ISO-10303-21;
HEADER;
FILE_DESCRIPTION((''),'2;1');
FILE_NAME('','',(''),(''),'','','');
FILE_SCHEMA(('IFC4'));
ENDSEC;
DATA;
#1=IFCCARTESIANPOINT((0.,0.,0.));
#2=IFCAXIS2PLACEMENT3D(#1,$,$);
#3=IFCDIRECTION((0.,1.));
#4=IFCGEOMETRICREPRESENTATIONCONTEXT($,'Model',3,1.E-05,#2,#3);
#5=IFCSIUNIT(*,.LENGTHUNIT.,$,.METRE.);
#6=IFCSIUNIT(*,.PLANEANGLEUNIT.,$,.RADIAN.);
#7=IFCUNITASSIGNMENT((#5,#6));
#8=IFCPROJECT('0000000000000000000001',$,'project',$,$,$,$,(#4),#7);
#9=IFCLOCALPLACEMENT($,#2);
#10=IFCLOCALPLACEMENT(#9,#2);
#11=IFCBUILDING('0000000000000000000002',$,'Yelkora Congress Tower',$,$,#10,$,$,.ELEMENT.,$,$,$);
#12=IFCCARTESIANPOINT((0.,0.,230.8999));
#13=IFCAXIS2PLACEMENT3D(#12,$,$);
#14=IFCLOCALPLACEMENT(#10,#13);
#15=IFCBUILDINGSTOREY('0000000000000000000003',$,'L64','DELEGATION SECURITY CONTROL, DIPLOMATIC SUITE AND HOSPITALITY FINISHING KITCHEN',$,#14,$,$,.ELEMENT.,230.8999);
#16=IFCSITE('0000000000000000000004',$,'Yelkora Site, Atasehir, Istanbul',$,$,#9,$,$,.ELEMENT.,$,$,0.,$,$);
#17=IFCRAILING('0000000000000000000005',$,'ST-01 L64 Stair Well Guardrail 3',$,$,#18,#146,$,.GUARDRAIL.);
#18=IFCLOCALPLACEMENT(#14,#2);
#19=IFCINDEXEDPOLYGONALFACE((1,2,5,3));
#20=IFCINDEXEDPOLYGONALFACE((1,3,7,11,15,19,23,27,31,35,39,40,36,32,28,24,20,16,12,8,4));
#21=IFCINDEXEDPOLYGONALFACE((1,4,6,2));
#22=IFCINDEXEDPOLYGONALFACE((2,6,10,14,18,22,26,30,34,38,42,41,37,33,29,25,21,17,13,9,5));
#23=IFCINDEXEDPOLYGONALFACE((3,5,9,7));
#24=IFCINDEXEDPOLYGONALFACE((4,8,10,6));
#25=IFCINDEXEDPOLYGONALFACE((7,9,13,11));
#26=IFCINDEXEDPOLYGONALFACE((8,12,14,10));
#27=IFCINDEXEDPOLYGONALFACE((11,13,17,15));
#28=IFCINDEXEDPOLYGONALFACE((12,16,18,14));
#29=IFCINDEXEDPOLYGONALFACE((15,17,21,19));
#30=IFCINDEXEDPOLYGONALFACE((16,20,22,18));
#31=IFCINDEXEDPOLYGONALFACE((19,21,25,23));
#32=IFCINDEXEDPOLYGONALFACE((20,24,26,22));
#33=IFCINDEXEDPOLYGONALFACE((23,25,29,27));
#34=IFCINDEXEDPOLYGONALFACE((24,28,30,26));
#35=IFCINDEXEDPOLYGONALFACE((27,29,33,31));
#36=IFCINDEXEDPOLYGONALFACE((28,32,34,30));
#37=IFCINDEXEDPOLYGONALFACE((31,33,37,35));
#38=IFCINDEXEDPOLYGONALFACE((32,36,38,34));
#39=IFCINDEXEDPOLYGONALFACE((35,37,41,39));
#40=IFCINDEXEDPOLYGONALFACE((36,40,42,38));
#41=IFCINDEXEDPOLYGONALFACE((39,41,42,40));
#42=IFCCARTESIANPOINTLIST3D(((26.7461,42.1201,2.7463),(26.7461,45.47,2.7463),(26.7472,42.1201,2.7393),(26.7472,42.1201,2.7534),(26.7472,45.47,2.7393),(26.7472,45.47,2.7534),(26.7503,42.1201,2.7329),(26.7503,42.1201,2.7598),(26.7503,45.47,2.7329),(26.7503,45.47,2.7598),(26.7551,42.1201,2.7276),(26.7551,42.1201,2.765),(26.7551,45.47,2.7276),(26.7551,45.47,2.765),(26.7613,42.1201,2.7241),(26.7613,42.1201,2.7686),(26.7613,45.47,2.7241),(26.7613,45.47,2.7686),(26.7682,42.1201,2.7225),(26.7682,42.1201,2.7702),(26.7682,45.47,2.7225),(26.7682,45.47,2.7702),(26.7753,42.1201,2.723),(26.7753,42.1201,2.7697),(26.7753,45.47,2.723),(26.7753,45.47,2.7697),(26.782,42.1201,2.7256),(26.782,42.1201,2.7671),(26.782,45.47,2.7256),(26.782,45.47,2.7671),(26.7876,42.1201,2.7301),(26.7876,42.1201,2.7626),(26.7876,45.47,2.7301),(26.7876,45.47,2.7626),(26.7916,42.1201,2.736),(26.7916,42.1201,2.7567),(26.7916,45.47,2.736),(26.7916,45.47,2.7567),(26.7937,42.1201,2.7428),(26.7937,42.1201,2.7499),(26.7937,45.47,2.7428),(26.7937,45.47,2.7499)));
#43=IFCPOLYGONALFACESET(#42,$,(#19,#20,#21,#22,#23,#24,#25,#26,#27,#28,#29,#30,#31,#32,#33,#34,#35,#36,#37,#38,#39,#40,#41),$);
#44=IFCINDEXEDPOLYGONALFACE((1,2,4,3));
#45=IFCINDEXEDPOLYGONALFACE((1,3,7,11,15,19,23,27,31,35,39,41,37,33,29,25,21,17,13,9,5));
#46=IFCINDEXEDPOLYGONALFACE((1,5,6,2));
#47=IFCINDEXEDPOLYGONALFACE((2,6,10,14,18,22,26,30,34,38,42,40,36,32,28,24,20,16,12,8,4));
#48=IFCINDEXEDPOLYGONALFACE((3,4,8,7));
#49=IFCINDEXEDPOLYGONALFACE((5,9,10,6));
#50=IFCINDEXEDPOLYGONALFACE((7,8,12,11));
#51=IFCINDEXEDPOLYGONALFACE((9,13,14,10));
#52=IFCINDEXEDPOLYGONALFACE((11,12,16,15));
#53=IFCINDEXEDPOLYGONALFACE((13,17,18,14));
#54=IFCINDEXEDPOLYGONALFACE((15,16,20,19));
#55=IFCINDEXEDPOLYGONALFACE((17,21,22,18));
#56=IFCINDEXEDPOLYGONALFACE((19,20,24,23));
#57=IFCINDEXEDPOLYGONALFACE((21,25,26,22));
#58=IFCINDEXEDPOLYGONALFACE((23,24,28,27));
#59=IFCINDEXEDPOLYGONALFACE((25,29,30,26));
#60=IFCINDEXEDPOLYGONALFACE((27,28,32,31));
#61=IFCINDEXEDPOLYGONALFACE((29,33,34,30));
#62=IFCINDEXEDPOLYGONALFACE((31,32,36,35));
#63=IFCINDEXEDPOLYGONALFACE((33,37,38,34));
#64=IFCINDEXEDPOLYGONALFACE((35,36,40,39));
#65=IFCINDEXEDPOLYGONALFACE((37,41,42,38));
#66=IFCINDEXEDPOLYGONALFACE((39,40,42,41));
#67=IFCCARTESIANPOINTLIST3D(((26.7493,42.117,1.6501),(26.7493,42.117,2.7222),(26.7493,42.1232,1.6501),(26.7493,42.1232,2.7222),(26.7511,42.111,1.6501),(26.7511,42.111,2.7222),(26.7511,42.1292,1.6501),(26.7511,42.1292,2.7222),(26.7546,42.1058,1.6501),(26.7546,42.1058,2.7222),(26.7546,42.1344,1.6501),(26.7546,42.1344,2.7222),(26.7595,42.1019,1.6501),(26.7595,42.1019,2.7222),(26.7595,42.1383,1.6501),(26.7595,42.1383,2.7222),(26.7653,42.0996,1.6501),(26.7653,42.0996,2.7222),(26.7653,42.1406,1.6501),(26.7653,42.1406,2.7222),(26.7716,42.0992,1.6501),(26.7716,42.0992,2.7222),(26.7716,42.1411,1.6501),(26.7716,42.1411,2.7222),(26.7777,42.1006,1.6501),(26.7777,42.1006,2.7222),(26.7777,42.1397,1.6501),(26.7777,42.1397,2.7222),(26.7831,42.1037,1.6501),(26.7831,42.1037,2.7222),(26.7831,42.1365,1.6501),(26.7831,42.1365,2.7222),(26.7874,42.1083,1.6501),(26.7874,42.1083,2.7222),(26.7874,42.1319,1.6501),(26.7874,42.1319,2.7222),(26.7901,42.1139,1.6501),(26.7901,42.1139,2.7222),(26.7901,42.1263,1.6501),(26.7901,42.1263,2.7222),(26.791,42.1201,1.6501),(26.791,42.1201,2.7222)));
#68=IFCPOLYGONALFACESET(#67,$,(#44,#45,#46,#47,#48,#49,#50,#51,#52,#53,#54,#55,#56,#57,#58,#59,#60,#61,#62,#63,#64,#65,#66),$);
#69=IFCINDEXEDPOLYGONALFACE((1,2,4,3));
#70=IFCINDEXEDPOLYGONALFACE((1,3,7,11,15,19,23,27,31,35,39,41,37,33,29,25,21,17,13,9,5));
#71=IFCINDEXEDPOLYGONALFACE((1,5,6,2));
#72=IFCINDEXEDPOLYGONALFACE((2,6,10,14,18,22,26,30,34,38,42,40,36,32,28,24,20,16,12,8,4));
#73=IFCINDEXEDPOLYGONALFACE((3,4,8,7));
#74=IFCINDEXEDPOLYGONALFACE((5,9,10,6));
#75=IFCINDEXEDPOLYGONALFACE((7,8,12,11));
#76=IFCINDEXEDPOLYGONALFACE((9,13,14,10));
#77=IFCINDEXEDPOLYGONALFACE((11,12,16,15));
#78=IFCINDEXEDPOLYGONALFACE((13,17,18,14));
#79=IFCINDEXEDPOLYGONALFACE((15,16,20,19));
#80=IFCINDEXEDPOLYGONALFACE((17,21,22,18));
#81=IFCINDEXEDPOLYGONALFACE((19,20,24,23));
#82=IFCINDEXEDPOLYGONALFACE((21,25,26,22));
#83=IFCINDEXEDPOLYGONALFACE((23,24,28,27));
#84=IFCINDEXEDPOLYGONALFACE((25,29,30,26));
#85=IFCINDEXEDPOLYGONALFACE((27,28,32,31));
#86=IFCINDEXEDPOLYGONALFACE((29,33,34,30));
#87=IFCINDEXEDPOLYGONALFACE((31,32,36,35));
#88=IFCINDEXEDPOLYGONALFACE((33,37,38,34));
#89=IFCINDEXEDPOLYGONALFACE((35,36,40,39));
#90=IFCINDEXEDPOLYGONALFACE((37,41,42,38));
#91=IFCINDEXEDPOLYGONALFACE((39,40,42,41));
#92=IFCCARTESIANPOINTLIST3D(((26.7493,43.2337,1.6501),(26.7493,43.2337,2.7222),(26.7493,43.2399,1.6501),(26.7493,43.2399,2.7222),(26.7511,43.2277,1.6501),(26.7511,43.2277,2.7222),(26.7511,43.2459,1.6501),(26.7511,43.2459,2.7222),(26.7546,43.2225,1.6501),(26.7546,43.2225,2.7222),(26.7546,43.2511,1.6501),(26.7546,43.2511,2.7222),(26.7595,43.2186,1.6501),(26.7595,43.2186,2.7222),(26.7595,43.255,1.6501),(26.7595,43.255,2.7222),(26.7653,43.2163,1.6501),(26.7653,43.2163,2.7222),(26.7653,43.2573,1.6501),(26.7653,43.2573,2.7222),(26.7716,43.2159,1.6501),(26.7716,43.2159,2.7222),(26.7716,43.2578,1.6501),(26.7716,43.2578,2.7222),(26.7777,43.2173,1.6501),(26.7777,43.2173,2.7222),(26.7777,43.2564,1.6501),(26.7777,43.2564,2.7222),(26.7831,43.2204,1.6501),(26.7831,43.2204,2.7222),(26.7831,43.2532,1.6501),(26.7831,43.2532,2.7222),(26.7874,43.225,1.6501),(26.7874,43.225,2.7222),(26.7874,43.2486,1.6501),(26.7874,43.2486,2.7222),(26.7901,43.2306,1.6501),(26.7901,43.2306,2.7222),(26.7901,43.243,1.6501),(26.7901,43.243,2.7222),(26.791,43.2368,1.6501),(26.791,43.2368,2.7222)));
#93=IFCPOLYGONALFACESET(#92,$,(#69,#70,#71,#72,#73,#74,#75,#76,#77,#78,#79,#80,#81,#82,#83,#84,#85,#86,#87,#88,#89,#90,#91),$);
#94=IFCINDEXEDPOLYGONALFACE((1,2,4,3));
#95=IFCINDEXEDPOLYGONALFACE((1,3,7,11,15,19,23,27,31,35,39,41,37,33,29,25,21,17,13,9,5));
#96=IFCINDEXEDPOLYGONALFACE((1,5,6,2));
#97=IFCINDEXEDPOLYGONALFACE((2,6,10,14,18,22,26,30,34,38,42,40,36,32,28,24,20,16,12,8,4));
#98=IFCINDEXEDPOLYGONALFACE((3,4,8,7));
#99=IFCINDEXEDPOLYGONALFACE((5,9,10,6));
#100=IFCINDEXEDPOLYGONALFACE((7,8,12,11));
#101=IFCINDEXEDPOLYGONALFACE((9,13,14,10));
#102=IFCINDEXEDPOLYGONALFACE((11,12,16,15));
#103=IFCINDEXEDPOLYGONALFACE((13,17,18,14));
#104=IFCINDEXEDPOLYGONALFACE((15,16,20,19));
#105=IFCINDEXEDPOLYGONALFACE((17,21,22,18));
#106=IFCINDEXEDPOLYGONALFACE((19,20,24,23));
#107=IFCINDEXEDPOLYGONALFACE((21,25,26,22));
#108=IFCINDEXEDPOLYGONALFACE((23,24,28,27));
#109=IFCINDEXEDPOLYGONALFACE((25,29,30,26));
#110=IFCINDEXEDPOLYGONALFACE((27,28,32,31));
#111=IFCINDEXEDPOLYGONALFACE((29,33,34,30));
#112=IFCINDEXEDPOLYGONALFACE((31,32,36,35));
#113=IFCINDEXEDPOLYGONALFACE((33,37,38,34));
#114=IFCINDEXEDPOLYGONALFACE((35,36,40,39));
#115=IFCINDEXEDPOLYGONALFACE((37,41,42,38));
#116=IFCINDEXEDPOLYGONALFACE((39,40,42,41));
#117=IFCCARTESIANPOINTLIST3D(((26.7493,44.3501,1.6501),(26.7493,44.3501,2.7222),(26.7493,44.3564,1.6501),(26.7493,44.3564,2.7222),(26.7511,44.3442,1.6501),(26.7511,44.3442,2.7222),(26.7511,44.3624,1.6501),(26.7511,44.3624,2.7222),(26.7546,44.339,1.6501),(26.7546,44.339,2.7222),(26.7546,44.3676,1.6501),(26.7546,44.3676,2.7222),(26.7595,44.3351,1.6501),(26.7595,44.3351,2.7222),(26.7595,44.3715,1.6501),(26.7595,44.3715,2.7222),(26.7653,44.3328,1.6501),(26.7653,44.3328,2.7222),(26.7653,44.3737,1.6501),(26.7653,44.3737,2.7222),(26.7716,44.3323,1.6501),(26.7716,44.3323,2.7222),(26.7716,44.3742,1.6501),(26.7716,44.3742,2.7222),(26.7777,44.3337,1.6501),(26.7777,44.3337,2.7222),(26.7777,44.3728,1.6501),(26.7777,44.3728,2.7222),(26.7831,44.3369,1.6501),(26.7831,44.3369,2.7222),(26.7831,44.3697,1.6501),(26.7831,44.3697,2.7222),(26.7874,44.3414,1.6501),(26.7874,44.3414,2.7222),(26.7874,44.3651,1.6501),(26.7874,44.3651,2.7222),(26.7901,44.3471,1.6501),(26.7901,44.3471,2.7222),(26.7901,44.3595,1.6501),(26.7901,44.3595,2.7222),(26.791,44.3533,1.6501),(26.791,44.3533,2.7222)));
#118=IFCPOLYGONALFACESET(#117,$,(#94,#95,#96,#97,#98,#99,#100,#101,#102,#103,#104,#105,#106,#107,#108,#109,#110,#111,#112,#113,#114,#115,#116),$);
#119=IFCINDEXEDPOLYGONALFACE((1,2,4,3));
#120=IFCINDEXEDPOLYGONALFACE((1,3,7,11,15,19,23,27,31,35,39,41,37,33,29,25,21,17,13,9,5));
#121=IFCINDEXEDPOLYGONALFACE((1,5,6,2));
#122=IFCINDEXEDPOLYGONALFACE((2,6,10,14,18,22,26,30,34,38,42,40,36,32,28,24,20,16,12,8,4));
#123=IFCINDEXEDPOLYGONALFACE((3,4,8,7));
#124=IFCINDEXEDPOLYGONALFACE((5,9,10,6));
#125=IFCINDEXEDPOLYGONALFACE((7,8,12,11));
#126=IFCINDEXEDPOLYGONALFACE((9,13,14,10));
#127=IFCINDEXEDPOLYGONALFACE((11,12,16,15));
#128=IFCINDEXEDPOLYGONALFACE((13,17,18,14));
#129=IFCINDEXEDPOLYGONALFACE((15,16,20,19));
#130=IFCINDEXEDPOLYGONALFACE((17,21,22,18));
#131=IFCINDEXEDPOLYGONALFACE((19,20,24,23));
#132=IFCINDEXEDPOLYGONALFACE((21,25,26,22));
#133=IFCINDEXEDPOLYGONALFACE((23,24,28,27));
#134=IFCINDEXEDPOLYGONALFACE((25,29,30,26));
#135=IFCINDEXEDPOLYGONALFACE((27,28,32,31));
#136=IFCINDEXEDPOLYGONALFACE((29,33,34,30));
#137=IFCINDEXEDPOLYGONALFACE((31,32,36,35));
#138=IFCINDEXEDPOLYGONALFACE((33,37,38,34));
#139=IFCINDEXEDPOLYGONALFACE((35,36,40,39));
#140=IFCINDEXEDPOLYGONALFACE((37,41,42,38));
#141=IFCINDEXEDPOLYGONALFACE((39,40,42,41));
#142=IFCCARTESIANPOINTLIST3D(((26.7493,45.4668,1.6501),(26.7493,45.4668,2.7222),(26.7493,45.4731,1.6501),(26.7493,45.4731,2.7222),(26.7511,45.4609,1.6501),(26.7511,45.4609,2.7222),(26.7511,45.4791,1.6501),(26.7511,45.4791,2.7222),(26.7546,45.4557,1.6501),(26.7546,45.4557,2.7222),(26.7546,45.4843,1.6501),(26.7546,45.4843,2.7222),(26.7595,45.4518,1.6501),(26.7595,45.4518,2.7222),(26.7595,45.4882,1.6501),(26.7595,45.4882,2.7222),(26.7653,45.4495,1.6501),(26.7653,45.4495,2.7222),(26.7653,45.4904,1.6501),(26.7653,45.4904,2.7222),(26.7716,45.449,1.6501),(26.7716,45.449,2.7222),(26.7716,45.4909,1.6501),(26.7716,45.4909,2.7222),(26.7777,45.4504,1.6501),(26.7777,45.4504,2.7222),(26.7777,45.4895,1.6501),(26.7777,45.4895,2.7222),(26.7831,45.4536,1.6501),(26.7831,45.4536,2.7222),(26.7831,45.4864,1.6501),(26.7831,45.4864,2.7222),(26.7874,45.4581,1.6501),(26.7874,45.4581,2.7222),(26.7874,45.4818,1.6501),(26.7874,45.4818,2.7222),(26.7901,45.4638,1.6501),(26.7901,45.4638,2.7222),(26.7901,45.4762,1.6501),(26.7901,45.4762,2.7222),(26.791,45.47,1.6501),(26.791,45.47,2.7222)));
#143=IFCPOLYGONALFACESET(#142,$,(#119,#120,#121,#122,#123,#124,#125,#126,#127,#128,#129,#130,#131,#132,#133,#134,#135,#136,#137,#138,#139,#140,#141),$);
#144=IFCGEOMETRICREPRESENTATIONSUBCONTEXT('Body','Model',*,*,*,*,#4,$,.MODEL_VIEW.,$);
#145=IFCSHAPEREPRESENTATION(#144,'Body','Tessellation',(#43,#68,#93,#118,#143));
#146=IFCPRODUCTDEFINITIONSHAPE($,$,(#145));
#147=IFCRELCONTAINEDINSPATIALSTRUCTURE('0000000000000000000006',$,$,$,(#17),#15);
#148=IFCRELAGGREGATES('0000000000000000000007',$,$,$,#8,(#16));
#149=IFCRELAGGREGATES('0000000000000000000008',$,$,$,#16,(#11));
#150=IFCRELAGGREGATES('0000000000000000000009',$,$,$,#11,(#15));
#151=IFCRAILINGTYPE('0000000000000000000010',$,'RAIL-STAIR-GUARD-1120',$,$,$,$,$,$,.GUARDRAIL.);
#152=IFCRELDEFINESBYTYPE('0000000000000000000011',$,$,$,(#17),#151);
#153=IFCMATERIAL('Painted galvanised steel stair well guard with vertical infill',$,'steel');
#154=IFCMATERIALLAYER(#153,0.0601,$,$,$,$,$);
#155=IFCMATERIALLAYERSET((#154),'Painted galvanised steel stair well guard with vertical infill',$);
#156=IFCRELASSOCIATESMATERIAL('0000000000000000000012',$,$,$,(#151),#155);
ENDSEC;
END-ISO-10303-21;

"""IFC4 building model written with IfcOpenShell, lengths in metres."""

from ifc_helpers import new_model, si_unit, direction, frame, origin, origin_2d, place, context, subcontext, project, spatial, circle, extrude, material, layer, layer_set, type_object, element, save


model = new_model("IFC4")

# Units and contexts
model_context = context("Model", 3, precision=1e-05, world=origin(), true_north=direction((0.0, 1.0)))
body_context = subcontext(model_context, "Body", "Model", "MODEL_VIEW")
ifc_project = project(units=[si_unit("LENGTHUNIT", "METRE"), si_unit("PLANEANGLEUNIT", "RADIAN")], contexts=[model_context])

# Site, building, storey
site_placement = place(None, origin())
site = spatial("IfcSite", under=ifc_project, at=site_placement, Name="Yelkora Site, Atasehir, Istanbul", CompositionType="ELEMENT", RefElevation=0.0)
building_placement = place(site_placement, origin())
building = spatial("IfcBuilding", under=site, at=building_placement, Name="Yelkora Congress Tower", CompositionType="ELEMENT")
storey_placement = place(building_placement, frame((0.0, 0.0, 230.8999)))
storey = spatial("IfcBuildingStorey", under=building, at=storey_placement, Name="L64", Description="DELEGATION SECURITY CONTROL, DIPLOMATIC SUITE AND HOSPITALITY FINISHING KITCHEN", CompositionType="ELEMENT", Elevation=230.8999)

# Railing
ifc_material_1 = material(Name="Painted galvanised steel stair well guard with vertical infill", Category="steel")
ifc_layer_1 = layer(ifc_material_1, 0.0601)
ifc_layer_set_1 = layer_set([ifc_layer_1], Name="Painted galvanised steel stair well guard with vertical infill")
railing_type_1 = type_object("IfcRailingType", Name="RAIL-STAIR-GUARD-1120", PredefinedType="GUARDRAIL", material=ifc_layer_set_1)
railing_1_placement = place(storey_placement, frame((26.77, 42.1201, 1.6501)))
element("IfcRailing", 1, at=railing_1_placement, inside=storey, type_object=railing_type_1, Name="ST-01 L64 Stair Well Guardrail 3", PredefinedType="GUARDRAIL", context=body_context, shape_type="SweptSolid", body=[
    extrude(circle(Radius=0.0239, at=origin_2d()), frame((0.0, 0.0, 1.0962), z_axis=(0.0, 1.0, 0.0), x_axis=(-1.0, 0.0, 0.0)), (0.0, 0.0, 1.0), 3.3499),
    extrude(circle(Radius=0.021, at=origin_2d()), origin(), (0.0, 0.0, 1.0), 1.072),
    extrude(circle(Radius=0.021, at=origin_2d()), frame((0.0, 1.1167, 0.0)), (0.0, 0.0, 1.0), 1.072),
    extrude(circle(Radius=0.021, at=origin_2d()), frame((0.0, 2.2332, 0.0)), (0.0, 0.0, 1.0), 1.072),
    extrude(circle(Radius=0.021, at=origin_2d()), frame((0.0, 3.3499, 0.0)), (0.0, 0.0, 1.0), 1.072),
])

save(model, "model.ifc")
